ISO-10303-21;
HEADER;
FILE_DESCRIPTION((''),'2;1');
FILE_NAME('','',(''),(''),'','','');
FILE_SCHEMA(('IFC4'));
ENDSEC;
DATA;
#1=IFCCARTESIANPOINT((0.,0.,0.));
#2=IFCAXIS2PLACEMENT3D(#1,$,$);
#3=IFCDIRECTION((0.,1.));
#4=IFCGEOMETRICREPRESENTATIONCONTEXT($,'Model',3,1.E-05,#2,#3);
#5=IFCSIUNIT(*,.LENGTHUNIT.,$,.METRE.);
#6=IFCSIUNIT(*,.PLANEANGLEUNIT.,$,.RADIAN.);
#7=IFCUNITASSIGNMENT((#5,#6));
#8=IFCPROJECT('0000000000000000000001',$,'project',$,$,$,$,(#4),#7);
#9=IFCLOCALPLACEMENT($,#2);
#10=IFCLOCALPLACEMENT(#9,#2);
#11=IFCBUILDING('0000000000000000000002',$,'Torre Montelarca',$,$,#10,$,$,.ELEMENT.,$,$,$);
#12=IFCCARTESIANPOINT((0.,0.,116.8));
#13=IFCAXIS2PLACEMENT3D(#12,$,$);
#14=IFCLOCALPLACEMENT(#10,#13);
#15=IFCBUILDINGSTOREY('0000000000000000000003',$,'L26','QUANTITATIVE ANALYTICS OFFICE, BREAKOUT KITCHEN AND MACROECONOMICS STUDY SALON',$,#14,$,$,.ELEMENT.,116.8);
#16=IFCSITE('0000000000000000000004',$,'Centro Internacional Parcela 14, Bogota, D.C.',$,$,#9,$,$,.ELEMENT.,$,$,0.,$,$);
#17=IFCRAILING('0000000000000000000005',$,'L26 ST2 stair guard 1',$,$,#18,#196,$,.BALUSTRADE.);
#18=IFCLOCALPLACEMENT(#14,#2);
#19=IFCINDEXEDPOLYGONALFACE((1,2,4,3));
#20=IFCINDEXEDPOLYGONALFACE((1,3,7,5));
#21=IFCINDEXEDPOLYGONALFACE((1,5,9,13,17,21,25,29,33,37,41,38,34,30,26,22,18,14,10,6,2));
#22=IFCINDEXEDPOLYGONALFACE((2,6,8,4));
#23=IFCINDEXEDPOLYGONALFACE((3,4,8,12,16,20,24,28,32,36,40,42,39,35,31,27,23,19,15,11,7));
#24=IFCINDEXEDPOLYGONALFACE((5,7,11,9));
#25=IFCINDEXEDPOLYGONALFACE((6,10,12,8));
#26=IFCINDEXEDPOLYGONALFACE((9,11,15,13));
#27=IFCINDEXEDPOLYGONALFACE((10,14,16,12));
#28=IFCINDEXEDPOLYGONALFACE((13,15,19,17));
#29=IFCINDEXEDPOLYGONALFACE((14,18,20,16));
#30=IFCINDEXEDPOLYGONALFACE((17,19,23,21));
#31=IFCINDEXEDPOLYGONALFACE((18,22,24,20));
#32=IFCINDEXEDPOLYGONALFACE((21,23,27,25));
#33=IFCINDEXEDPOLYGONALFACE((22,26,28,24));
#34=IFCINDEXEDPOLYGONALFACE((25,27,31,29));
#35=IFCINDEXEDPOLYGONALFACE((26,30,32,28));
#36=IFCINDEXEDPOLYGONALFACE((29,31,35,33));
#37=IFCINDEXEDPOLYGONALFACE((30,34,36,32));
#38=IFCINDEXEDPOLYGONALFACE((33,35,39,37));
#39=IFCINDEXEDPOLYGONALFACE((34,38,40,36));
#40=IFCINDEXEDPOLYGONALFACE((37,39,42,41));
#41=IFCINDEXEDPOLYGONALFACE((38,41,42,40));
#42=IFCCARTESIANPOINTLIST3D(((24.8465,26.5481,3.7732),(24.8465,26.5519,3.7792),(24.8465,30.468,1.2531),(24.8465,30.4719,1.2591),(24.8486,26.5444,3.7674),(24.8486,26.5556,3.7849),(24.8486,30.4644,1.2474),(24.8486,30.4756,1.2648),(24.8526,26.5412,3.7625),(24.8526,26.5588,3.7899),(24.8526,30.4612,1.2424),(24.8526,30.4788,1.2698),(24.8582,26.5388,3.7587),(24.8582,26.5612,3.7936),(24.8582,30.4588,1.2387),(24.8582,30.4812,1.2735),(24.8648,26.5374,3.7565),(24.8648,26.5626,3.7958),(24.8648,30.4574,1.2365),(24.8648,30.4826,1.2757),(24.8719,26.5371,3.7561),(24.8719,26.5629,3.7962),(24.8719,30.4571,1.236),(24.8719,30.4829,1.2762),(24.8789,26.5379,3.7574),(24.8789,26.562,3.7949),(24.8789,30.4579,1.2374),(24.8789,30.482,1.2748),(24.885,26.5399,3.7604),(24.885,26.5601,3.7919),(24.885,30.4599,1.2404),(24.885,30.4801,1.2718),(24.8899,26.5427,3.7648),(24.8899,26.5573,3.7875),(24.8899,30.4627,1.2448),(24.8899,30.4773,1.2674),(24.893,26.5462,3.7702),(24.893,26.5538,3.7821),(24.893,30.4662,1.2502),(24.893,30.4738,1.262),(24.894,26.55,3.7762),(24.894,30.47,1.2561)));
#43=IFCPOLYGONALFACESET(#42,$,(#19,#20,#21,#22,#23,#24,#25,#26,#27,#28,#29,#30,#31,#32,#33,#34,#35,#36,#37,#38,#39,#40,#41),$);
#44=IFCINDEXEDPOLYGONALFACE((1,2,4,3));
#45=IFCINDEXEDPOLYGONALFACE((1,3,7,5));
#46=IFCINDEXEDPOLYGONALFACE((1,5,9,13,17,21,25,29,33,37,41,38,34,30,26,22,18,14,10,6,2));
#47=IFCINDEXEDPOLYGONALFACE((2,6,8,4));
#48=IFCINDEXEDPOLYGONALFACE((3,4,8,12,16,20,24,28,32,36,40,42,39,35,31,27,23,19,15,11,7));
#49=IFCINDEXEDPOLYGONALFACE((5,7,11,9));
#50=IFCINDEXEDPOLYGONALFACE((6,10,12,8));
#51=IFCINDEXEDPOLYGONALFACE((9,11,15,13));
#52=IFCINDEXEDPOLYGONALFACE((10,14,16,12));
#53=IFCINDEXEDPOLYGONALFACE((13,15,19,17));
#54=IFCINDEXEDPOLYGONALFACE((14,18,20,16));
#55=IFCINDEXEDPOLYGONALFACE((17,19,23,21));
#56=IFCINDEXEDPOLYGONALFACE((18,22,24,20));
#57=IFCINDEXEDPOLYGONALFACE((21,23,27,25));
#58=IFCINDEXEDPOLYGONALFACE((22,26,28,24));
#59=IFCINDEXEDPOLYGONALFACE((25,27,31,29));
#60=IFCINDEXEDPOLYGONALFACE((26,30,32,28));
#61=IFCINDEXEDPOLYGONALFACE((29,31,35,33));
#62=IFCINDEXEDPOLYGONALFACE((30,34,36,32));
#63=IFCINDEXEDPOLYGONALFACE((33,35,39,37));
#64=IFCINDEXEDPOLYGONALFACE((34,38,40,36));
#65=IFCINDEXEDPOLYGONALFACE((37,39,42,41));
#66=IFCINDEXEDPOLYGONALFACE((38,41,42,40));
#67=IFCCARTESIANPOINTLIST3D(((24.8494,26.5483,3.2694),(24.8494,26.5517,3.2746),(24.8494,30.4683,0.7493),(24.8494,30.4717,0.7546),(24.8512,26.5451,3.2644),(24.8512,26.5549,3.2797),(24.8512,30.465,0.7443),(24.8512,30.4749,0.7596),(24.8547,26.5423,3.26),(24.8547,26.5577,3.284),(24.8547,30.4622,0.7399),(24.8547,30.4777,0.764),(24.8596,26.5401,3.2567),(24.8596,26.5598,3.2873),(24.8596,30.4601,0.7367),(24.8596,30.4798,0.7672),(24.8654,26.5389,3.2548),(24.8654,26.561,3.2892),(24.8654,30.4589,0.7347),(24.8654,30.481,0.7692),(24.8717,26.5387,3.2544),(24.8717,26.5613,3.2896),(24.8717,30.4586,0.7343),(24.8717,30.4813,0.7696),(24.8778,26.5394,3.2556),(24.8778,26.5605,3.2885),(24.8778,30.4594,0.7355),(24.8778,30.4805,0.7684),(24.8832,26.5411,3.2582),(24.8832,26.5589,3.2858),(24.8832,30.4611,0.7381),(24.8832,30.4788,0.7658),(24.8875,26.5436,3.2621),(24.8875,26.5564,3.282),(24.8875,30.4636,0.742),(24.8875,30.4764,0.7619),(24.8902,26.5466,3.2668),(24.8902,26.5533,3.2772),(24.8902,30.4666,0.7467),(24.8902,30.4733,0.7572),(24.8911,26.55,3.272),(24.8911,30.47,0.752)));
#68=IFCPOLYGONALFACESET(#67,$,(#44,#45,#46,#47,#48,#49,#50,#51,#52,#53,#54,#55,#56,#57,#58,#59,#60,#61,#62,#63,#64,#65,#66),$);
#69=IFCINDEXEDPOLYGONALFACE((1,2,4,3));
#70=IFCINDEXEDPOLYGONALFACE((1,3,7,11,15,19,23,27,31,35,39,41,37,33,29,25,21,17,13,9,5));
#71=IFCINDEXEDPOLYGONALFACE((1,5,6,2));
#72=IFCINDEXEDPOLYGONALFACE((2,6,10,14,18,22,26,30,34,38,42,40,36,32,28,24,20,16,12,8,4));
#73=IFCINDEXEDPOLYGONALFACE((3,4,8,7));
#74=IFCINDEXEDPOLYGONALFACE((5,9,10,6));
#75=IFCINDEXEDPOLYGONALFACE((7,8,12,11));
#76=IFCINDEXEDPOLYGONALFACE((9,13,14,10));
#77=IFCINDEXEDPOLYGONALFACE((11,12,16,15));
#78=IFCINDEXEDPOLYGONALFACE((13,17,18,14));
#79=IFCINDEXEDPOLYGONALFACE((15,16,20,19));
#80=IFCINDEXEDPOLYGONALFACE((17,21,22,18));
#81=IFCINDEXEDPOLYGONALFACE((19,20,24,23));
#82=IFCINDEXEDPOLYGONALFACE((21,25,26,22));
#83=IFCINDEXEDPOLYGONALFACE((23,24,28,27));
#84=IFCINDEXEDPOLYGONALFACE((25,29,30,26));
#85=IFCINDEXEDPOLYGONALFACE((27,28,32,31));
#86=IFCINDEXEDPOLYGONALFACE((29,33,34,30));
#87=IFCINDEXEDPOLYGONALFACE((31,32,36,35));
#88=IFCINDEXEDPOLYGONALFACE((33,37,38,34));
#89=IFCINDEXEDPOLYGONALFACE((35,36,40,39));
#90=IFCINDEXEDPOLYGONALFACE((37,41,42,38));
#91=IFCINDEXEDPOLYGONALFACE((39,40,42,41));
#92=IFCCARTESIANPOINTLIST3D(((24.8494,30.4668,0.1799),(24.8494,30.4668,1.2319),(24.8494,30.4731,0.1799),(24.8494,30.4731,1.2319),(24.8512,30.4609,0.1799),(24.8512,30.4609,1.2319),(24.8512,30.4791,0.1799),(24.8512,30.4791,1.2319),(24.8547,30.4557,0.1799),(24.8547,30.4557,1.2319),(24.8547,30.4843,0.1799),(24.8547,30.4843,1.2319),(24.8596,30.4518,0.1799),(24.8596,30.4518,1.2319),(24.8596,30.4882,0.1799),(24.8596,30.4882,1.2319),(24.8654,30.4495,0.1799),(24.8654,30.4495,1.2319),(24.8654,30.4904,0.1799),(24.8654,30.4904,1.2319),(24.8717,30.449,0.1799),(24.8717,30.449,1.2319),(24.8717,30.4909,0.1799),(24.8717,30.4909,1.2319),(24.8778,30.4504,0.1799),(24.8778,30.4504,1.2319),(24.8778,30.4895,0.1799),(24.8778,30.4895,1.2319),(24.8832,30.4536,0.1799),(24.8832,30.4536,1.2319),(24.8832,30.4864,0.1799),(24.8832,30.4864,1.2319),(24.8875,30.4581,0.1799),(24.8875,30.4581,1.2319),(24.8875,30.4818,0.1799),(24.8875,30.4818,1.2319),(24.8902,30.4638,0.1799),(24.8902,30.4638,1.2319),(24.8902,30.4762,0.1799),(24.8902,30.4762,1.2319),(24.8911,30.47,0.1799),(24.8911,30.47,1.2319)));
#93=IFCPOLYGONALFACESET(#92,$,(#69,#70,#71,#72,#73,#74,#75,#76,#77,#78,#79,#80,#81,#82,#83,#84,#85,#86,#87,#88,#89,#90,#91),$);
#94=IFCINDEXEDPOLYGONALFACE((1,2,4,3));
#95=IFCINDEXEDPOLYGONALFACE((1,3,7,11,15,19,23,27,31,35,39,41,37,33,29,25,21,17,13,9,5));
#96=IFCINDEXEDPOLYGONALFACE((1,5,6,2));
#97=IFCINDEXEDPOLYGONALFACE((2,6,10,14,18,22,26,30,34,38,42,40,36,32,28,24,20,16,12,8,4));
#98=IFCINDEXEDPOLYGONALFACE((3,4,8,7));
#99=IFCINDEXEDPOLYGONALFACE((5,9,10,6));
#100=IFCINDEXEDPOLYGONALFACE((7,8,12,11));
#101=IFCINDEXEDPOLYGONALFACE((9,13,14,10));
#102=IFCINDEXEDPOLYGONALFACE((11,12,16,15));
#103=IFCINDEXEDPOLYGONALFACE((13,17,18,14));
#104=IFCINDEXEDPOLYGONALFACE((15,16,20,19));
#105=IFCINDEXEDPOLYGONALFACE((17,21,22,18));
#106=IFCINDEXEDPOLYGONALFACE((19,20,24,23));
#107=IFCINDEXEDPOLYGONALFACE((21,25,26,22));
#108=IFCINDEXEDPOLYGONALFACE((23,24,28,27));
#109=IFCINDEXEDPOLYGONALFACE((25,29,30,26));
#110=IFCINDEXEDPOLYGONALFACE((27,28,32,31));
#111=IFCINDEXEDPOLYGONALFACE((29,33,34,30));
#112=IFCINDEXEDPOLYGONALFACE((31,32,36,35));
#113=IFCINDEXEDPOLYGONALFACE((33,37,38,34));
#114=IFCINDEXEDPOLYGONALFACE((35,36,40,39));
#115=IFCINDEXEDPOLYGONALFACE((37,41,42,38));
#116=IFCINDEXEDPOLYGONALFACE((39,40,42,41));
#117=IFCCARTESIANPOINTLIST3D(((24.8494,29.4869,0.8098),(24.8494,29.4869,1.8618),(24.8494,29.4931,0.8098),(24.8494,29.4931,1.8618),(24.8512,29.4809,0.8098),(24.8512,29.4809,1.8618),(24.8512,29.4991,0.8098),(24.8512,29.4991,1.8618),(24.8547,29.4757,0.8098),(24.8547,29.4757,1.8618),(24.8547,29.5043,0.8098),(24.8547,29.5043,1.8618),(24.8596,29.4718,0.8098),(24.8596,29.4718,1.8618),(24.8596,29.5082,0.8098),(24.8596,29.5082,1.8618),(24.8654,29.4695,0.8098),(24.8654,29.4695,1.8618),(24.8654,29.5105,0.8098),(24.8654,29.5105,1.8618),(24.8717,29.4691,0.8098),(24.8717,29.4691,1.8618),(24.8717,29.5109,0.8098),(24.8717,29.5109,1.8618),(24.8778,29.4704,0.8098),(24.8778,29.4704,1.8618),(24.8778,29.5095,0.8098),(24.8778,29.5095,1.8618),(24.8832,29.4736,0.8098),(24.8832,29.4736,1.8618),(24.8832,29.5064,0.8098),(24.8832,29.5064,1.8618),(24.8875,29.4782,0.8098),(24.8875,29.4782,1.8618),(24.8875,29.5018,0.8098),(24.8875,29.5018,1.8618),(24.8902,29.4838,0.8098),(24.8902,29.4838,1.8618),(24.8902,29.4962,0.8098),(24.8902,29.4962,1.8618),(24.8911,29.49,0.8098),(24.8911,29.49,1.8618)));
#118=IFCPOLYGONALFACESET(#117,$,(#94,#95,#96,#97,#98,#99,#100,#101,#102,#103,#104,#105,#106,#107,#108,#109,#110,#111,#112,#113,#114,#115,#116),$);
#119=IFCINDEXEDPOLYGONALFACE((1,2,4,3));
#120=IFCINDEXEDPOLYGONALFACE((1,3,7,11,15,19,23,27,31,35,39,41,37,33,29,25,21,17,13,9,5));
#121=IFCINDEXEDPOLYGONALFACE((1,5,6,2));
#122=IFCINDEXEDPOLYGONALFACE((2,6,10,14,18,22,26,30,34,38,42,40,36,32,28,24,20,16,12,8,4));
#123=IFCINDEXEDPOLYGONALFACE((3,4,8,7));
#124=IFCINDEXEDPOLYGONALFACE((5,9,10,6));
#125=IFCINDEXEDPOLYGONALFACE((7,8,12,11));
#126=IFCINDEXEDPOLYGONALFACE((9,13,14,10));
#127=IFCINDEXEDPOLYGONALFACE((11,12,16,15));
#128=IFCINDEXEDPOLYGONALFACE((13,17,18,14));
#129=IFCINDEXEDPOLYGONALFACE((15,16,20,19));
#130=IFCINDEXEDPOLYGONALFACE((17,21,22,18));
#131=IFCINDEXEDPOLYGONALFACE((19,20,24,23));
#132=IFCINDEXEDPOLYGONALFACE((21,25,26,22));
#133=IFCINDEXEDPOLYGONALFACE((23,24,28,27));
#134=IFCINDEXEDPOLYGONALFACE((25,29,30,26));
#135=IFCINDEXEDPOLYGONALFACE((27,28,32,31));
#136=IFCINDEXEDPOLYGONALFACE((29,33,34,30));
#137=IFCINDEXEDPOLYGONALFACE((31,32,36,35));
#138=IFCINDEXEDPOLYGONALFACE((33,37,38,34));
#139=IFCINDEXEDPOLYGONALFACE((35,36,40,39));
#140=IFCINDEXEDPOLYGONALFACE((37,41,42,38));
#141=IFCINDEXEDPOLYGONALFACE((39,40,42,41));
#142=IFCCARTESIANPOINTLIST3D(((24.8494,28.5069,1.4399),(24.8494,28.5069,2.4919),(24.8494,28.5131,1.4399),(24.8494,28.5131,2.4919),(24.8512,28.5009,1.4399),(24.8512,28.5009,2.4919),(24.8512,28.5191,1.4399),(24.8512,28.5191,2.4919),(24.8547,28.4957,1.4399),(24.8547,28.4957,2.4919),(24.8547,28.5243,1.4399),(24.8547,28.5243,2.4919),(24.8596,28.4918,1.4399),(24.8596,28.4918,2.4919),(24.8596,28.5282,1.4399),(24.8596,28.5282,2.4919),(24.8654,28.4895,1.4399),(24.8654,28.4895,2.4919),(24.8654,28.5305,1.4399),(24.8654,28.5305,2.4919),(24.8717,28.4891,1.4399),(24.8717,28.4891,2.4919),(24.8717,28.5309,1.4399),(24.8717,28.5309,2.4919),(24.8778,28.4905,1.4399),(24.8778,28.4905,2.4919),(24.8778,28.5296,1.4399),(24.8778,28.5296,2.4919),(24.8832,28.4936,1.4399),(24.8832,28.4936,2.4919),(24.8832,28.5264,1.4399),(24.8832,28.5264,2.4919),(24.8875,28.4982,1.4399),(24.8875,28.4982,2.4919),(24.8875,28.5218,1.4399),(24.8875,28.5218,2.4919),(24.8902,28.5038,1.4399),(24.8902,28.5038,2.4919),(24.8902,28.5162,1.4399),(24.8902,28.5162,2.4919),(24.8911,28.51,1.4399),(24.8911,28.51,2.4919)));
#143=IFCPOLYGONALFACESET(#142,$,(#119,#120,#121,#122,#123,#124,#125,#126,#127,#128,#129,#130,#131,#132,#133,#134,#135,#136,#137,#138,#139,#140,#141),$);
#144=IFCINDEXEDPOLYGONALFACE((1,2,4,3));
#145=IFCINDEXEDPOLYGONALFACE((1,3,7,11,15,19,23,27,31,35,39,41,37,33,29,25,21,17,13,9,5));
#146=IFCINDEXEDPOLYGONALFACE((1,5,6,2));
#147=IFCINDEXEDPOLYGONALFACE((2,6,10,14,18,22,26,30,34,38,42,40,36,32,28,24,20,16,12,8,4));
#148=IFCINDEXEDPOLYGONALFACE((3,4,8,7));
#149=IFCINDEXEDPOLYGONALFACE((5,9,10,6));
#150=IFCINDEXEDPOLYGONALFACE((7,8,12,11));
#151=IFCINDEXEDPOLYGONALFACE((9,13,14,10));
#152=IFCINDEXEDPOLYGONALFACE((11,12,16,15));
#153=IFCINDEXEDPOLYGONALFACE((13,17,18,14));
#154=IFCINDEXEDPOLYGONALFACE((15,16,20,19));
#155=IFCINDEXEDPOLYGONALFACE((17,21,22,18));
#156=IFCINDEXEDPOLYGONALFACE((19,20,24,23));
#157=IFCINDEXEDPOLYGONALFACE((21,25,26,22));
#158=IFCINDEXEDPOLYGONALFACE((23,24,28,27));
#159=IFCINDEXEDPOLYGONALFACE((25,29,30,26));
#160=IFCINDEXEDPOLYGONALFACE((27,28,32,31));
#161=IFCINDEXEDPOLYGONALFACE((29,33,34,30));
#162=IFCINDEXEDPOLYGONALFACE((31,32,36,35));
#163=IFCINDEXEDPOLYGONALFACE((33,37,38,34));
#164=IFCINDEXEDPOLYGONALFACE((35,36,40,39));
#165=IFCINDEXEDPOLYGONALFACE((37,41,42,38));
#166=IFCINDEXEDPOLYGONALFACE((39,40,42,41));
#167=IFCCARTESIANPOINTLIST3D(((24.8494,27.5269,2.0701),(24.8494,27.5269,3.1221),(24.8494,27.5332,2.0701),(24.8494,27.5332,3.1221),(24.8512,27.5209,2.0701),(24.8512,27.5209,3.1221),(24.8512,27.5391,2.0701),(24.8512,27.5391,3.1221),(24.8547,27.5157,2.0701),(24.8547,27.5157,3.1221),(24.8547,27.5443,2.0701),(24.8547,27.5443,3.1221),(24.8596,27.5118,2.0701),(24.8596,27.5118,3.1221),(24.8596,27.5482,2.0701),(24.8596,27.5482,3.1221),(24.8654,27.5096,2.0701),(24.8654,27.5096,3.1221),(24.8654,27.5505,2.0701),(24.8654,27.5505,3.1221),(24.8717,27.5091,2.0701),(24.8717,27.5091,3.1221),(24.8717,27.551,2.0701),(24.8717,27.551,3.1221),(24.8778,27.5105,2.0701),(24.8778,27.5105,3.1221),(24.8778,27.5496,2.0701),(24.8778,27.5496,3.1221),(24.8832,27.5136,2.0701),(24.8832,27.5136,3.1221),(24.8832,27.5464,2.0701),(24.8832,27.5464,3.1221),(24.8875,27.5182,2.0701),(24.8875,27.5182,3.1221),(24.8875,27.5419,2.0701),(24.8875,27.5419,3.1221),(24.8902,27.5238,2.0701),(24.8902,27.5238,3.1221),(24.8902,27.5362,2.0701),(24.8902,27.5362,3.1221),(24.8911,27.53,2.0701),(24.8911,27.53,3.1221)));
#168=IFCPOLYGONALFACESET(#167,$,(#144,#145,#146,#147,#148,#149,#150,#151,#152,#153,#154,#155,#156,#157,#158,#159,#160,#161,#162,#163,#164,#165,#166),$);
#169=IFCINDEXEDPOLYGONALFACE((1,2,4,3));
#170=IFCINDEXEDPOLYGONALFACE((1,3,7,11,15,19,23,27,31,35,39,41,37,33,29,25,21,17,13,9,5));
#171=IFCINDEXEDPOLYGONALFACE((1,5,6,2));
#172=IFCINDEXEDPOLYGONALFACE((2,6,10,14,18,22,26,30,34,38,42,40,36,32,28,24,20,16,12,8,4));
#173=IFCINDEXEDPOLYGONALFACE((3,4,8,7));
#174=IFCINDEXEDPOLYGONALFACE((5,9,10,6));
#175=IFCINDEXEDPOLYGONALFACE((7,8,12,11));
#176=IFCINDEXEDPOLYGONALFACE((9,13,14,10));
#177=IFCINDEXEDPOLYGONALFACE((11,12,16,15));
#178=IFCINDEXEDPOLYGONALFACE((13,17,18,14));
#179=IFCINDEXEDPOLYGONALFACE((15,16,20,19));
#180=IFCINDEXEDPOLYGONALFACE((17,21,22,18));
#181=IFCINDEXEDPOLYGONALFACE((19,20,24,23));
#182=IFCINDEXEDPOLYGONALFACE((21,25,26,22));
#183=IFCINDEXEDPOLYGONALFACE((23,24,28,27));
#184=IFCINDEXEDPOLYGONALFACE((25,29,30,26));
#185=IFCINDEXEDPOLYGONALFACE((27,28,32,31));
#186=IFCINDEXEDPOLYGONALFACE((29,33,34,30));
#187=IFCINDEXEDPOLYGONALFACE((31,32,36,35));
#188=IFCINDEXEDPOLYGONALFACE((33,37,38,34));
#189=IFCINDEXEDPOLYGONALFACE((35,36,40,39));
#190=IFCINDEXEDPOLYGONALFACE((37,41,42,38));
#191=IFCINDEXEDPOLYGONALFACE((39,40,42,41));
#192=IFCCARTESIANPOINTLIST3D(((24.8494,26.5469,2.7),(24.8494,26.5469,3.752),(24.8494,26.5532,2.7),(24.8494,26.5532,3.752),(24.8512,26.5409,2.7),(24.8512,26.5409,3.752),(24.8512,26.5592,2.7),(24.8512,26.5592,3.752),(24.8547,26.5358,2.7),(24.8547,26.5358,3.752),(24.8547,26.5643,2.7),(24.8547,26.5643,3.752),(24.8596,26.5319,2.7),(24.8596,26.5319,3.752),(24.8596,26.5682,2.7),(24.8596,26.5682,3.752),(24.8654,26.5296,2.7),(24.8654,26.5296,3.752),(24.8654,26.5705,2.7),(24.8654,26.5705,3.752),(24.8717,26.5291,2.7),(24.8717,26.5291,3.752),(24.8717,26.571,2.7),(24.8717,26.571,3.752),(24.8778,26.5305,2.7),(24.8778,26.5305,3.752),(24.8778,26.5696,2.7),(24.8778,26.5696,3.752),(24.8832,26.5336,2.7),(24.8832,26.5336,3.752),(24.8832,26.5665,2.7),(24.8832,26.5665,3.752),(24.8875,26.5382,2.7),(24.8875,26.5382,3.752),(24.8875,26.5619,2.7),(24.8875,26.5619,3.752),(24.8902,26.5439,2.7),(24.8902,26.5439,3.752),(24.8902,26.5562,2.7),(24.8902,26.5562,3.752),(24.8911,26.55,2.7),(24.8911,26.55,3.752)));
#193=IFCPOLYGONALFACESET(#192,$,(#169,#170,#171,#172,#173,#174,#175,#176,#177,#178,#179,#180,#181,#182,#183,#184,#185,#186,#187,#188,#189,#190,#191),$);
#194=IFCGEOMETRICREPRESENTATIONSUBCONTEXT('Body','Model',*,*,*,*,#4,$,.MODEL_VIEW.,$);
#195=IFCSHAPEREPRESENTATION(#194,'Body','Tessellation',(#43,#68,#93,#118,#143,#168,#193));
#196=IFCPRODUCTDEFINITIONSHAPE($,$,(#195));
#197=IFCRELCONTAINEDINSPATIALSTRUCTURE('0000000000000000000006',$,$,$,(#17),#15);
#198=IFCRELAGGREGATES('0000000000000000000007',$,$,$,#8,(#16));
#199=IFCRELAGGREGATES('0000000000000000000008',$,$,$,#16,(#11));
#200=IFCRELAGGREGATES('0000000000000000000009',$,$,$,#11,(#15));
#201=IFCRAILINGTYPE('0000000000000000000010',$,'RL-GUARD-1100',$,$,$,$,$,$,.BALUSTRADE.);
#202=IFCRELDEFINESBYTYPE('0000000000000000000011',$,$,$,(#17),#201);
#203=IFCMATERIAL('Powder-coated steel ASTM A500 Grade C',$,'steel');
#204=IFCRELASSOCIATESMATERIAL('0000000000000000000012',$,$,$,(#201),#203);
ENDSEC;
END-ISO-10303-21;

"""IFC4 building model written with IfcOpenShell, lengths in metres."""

from ifc_helpers import new_model, si_unit, direction, frame, origin, origin_2d, place, context, subcontext, project, spatial, circle, extrude, material, type_object, element, save


model = new_model("IFC4")

# Units and contexts
model_context = context("Model", 3, precision=1e-05, world=origin(), true_north=direction((0.0, 1.0)))
body_context = subcontext(model_context, "Body", "Model", "MODEL_VIEW")
ifc_project = project(units=[si_unit("LENGTHUNIT", "METRE"), si_unit("PLANEANGLEUNIT", "RADIAN")], contexts=[model_context])

# Site, building, storey
site_placement = place(None, origin())
site = spatial("IfcSite", under=ifc_project, at=site_placement, Name="Centro Internacional Parcela 14, Bogota, D.C.", CompositionType="ELEMENT", RefElevation=0.0)
building_placement = place(site_placement, origin())
building = spatial("IfcBuilding", under=site, at=building_placement, Name="Torre Montelarca", CompositionType="ELEMENT")
storey_placement = place(building_placement, frame((0.0, 0.0, 116.8)))
storey = spatial("IfcBuildingStorey", under=building, at=storey_placement, Name="L26", Description="QUANTITATIVE ANALYTICS OFFICE, BREAKOUT KITCHEN AND MACROECONOMICS STUDY SALON", CompositionType="ELEMENT", Elevation=116.8)

# Railing
ifc_material_1 = material(Name="Powder-coated steel ASTM A500 Grade C", Category="steel")
railing_type_1 = type_object("IfcRailingType", Name="RL-GUARD-1100", PredefinedType="BALUSTRADE", material=ifc_material_1)
railing_1_placement = place(storey_placement, frame((24.8701, 30.47, 0.1799)))
element("IfcRailing", 1, at=railing_1_placement, inside=storey, type_object=railing_type_1, Name="L26 ST2 stair guard 1", PredefinedType="BALUSTRADE", context=body_context, shape_type="SweptSolid", body=[
    extrude(circle(Radius=0.0239, at=origin_2d()), frame((0.0, 0.0, 1.0762), z_axis=(0.0, -0.841172, 0.540768), x_axis=(1.0, 0.0, 0.0)), (0.0, 0.0, 1.0), 4.6602),
    extrude(circle(Radius=0.021, at=origin_2d()), frame((0.0, 0.0, 0.572), z_axis=(0.0, -0.841172, 0.540768), x_axis=(1.0, 0.0, 0.0)), (0.0, 0.0, 1.0), 4.6602),
    extrude(circle(Radius=0.021, at=origin_2d()), origin(), (0.0, 0.0, 1.0), 1.052),
    extrude(circle(Radius=0.021, at=origin_2d()), frame((0.0, -0.98, 0.6299)), (0.0, 0.0, 1.0), 1.052),
    extrude(circle(Radius=0.021, at=origin_2d()), frame((0.0, -1.96, 1.26)), (0.0, 0.0, 1.0), 1.052),
    extrude(circle(Radius=0.021, at=origin_2d()), frame((0.0, -2.9399, 1.8901)), (0.0, 0.0, 1.0), 1.052),
    extrude(circle(Radius=0.021, at=origin_2d()), frame((0.0, -3.9199, 2.52)), (0.0, 0.0, 1.0), 1.052),
])

save(model, "model.ifc")
